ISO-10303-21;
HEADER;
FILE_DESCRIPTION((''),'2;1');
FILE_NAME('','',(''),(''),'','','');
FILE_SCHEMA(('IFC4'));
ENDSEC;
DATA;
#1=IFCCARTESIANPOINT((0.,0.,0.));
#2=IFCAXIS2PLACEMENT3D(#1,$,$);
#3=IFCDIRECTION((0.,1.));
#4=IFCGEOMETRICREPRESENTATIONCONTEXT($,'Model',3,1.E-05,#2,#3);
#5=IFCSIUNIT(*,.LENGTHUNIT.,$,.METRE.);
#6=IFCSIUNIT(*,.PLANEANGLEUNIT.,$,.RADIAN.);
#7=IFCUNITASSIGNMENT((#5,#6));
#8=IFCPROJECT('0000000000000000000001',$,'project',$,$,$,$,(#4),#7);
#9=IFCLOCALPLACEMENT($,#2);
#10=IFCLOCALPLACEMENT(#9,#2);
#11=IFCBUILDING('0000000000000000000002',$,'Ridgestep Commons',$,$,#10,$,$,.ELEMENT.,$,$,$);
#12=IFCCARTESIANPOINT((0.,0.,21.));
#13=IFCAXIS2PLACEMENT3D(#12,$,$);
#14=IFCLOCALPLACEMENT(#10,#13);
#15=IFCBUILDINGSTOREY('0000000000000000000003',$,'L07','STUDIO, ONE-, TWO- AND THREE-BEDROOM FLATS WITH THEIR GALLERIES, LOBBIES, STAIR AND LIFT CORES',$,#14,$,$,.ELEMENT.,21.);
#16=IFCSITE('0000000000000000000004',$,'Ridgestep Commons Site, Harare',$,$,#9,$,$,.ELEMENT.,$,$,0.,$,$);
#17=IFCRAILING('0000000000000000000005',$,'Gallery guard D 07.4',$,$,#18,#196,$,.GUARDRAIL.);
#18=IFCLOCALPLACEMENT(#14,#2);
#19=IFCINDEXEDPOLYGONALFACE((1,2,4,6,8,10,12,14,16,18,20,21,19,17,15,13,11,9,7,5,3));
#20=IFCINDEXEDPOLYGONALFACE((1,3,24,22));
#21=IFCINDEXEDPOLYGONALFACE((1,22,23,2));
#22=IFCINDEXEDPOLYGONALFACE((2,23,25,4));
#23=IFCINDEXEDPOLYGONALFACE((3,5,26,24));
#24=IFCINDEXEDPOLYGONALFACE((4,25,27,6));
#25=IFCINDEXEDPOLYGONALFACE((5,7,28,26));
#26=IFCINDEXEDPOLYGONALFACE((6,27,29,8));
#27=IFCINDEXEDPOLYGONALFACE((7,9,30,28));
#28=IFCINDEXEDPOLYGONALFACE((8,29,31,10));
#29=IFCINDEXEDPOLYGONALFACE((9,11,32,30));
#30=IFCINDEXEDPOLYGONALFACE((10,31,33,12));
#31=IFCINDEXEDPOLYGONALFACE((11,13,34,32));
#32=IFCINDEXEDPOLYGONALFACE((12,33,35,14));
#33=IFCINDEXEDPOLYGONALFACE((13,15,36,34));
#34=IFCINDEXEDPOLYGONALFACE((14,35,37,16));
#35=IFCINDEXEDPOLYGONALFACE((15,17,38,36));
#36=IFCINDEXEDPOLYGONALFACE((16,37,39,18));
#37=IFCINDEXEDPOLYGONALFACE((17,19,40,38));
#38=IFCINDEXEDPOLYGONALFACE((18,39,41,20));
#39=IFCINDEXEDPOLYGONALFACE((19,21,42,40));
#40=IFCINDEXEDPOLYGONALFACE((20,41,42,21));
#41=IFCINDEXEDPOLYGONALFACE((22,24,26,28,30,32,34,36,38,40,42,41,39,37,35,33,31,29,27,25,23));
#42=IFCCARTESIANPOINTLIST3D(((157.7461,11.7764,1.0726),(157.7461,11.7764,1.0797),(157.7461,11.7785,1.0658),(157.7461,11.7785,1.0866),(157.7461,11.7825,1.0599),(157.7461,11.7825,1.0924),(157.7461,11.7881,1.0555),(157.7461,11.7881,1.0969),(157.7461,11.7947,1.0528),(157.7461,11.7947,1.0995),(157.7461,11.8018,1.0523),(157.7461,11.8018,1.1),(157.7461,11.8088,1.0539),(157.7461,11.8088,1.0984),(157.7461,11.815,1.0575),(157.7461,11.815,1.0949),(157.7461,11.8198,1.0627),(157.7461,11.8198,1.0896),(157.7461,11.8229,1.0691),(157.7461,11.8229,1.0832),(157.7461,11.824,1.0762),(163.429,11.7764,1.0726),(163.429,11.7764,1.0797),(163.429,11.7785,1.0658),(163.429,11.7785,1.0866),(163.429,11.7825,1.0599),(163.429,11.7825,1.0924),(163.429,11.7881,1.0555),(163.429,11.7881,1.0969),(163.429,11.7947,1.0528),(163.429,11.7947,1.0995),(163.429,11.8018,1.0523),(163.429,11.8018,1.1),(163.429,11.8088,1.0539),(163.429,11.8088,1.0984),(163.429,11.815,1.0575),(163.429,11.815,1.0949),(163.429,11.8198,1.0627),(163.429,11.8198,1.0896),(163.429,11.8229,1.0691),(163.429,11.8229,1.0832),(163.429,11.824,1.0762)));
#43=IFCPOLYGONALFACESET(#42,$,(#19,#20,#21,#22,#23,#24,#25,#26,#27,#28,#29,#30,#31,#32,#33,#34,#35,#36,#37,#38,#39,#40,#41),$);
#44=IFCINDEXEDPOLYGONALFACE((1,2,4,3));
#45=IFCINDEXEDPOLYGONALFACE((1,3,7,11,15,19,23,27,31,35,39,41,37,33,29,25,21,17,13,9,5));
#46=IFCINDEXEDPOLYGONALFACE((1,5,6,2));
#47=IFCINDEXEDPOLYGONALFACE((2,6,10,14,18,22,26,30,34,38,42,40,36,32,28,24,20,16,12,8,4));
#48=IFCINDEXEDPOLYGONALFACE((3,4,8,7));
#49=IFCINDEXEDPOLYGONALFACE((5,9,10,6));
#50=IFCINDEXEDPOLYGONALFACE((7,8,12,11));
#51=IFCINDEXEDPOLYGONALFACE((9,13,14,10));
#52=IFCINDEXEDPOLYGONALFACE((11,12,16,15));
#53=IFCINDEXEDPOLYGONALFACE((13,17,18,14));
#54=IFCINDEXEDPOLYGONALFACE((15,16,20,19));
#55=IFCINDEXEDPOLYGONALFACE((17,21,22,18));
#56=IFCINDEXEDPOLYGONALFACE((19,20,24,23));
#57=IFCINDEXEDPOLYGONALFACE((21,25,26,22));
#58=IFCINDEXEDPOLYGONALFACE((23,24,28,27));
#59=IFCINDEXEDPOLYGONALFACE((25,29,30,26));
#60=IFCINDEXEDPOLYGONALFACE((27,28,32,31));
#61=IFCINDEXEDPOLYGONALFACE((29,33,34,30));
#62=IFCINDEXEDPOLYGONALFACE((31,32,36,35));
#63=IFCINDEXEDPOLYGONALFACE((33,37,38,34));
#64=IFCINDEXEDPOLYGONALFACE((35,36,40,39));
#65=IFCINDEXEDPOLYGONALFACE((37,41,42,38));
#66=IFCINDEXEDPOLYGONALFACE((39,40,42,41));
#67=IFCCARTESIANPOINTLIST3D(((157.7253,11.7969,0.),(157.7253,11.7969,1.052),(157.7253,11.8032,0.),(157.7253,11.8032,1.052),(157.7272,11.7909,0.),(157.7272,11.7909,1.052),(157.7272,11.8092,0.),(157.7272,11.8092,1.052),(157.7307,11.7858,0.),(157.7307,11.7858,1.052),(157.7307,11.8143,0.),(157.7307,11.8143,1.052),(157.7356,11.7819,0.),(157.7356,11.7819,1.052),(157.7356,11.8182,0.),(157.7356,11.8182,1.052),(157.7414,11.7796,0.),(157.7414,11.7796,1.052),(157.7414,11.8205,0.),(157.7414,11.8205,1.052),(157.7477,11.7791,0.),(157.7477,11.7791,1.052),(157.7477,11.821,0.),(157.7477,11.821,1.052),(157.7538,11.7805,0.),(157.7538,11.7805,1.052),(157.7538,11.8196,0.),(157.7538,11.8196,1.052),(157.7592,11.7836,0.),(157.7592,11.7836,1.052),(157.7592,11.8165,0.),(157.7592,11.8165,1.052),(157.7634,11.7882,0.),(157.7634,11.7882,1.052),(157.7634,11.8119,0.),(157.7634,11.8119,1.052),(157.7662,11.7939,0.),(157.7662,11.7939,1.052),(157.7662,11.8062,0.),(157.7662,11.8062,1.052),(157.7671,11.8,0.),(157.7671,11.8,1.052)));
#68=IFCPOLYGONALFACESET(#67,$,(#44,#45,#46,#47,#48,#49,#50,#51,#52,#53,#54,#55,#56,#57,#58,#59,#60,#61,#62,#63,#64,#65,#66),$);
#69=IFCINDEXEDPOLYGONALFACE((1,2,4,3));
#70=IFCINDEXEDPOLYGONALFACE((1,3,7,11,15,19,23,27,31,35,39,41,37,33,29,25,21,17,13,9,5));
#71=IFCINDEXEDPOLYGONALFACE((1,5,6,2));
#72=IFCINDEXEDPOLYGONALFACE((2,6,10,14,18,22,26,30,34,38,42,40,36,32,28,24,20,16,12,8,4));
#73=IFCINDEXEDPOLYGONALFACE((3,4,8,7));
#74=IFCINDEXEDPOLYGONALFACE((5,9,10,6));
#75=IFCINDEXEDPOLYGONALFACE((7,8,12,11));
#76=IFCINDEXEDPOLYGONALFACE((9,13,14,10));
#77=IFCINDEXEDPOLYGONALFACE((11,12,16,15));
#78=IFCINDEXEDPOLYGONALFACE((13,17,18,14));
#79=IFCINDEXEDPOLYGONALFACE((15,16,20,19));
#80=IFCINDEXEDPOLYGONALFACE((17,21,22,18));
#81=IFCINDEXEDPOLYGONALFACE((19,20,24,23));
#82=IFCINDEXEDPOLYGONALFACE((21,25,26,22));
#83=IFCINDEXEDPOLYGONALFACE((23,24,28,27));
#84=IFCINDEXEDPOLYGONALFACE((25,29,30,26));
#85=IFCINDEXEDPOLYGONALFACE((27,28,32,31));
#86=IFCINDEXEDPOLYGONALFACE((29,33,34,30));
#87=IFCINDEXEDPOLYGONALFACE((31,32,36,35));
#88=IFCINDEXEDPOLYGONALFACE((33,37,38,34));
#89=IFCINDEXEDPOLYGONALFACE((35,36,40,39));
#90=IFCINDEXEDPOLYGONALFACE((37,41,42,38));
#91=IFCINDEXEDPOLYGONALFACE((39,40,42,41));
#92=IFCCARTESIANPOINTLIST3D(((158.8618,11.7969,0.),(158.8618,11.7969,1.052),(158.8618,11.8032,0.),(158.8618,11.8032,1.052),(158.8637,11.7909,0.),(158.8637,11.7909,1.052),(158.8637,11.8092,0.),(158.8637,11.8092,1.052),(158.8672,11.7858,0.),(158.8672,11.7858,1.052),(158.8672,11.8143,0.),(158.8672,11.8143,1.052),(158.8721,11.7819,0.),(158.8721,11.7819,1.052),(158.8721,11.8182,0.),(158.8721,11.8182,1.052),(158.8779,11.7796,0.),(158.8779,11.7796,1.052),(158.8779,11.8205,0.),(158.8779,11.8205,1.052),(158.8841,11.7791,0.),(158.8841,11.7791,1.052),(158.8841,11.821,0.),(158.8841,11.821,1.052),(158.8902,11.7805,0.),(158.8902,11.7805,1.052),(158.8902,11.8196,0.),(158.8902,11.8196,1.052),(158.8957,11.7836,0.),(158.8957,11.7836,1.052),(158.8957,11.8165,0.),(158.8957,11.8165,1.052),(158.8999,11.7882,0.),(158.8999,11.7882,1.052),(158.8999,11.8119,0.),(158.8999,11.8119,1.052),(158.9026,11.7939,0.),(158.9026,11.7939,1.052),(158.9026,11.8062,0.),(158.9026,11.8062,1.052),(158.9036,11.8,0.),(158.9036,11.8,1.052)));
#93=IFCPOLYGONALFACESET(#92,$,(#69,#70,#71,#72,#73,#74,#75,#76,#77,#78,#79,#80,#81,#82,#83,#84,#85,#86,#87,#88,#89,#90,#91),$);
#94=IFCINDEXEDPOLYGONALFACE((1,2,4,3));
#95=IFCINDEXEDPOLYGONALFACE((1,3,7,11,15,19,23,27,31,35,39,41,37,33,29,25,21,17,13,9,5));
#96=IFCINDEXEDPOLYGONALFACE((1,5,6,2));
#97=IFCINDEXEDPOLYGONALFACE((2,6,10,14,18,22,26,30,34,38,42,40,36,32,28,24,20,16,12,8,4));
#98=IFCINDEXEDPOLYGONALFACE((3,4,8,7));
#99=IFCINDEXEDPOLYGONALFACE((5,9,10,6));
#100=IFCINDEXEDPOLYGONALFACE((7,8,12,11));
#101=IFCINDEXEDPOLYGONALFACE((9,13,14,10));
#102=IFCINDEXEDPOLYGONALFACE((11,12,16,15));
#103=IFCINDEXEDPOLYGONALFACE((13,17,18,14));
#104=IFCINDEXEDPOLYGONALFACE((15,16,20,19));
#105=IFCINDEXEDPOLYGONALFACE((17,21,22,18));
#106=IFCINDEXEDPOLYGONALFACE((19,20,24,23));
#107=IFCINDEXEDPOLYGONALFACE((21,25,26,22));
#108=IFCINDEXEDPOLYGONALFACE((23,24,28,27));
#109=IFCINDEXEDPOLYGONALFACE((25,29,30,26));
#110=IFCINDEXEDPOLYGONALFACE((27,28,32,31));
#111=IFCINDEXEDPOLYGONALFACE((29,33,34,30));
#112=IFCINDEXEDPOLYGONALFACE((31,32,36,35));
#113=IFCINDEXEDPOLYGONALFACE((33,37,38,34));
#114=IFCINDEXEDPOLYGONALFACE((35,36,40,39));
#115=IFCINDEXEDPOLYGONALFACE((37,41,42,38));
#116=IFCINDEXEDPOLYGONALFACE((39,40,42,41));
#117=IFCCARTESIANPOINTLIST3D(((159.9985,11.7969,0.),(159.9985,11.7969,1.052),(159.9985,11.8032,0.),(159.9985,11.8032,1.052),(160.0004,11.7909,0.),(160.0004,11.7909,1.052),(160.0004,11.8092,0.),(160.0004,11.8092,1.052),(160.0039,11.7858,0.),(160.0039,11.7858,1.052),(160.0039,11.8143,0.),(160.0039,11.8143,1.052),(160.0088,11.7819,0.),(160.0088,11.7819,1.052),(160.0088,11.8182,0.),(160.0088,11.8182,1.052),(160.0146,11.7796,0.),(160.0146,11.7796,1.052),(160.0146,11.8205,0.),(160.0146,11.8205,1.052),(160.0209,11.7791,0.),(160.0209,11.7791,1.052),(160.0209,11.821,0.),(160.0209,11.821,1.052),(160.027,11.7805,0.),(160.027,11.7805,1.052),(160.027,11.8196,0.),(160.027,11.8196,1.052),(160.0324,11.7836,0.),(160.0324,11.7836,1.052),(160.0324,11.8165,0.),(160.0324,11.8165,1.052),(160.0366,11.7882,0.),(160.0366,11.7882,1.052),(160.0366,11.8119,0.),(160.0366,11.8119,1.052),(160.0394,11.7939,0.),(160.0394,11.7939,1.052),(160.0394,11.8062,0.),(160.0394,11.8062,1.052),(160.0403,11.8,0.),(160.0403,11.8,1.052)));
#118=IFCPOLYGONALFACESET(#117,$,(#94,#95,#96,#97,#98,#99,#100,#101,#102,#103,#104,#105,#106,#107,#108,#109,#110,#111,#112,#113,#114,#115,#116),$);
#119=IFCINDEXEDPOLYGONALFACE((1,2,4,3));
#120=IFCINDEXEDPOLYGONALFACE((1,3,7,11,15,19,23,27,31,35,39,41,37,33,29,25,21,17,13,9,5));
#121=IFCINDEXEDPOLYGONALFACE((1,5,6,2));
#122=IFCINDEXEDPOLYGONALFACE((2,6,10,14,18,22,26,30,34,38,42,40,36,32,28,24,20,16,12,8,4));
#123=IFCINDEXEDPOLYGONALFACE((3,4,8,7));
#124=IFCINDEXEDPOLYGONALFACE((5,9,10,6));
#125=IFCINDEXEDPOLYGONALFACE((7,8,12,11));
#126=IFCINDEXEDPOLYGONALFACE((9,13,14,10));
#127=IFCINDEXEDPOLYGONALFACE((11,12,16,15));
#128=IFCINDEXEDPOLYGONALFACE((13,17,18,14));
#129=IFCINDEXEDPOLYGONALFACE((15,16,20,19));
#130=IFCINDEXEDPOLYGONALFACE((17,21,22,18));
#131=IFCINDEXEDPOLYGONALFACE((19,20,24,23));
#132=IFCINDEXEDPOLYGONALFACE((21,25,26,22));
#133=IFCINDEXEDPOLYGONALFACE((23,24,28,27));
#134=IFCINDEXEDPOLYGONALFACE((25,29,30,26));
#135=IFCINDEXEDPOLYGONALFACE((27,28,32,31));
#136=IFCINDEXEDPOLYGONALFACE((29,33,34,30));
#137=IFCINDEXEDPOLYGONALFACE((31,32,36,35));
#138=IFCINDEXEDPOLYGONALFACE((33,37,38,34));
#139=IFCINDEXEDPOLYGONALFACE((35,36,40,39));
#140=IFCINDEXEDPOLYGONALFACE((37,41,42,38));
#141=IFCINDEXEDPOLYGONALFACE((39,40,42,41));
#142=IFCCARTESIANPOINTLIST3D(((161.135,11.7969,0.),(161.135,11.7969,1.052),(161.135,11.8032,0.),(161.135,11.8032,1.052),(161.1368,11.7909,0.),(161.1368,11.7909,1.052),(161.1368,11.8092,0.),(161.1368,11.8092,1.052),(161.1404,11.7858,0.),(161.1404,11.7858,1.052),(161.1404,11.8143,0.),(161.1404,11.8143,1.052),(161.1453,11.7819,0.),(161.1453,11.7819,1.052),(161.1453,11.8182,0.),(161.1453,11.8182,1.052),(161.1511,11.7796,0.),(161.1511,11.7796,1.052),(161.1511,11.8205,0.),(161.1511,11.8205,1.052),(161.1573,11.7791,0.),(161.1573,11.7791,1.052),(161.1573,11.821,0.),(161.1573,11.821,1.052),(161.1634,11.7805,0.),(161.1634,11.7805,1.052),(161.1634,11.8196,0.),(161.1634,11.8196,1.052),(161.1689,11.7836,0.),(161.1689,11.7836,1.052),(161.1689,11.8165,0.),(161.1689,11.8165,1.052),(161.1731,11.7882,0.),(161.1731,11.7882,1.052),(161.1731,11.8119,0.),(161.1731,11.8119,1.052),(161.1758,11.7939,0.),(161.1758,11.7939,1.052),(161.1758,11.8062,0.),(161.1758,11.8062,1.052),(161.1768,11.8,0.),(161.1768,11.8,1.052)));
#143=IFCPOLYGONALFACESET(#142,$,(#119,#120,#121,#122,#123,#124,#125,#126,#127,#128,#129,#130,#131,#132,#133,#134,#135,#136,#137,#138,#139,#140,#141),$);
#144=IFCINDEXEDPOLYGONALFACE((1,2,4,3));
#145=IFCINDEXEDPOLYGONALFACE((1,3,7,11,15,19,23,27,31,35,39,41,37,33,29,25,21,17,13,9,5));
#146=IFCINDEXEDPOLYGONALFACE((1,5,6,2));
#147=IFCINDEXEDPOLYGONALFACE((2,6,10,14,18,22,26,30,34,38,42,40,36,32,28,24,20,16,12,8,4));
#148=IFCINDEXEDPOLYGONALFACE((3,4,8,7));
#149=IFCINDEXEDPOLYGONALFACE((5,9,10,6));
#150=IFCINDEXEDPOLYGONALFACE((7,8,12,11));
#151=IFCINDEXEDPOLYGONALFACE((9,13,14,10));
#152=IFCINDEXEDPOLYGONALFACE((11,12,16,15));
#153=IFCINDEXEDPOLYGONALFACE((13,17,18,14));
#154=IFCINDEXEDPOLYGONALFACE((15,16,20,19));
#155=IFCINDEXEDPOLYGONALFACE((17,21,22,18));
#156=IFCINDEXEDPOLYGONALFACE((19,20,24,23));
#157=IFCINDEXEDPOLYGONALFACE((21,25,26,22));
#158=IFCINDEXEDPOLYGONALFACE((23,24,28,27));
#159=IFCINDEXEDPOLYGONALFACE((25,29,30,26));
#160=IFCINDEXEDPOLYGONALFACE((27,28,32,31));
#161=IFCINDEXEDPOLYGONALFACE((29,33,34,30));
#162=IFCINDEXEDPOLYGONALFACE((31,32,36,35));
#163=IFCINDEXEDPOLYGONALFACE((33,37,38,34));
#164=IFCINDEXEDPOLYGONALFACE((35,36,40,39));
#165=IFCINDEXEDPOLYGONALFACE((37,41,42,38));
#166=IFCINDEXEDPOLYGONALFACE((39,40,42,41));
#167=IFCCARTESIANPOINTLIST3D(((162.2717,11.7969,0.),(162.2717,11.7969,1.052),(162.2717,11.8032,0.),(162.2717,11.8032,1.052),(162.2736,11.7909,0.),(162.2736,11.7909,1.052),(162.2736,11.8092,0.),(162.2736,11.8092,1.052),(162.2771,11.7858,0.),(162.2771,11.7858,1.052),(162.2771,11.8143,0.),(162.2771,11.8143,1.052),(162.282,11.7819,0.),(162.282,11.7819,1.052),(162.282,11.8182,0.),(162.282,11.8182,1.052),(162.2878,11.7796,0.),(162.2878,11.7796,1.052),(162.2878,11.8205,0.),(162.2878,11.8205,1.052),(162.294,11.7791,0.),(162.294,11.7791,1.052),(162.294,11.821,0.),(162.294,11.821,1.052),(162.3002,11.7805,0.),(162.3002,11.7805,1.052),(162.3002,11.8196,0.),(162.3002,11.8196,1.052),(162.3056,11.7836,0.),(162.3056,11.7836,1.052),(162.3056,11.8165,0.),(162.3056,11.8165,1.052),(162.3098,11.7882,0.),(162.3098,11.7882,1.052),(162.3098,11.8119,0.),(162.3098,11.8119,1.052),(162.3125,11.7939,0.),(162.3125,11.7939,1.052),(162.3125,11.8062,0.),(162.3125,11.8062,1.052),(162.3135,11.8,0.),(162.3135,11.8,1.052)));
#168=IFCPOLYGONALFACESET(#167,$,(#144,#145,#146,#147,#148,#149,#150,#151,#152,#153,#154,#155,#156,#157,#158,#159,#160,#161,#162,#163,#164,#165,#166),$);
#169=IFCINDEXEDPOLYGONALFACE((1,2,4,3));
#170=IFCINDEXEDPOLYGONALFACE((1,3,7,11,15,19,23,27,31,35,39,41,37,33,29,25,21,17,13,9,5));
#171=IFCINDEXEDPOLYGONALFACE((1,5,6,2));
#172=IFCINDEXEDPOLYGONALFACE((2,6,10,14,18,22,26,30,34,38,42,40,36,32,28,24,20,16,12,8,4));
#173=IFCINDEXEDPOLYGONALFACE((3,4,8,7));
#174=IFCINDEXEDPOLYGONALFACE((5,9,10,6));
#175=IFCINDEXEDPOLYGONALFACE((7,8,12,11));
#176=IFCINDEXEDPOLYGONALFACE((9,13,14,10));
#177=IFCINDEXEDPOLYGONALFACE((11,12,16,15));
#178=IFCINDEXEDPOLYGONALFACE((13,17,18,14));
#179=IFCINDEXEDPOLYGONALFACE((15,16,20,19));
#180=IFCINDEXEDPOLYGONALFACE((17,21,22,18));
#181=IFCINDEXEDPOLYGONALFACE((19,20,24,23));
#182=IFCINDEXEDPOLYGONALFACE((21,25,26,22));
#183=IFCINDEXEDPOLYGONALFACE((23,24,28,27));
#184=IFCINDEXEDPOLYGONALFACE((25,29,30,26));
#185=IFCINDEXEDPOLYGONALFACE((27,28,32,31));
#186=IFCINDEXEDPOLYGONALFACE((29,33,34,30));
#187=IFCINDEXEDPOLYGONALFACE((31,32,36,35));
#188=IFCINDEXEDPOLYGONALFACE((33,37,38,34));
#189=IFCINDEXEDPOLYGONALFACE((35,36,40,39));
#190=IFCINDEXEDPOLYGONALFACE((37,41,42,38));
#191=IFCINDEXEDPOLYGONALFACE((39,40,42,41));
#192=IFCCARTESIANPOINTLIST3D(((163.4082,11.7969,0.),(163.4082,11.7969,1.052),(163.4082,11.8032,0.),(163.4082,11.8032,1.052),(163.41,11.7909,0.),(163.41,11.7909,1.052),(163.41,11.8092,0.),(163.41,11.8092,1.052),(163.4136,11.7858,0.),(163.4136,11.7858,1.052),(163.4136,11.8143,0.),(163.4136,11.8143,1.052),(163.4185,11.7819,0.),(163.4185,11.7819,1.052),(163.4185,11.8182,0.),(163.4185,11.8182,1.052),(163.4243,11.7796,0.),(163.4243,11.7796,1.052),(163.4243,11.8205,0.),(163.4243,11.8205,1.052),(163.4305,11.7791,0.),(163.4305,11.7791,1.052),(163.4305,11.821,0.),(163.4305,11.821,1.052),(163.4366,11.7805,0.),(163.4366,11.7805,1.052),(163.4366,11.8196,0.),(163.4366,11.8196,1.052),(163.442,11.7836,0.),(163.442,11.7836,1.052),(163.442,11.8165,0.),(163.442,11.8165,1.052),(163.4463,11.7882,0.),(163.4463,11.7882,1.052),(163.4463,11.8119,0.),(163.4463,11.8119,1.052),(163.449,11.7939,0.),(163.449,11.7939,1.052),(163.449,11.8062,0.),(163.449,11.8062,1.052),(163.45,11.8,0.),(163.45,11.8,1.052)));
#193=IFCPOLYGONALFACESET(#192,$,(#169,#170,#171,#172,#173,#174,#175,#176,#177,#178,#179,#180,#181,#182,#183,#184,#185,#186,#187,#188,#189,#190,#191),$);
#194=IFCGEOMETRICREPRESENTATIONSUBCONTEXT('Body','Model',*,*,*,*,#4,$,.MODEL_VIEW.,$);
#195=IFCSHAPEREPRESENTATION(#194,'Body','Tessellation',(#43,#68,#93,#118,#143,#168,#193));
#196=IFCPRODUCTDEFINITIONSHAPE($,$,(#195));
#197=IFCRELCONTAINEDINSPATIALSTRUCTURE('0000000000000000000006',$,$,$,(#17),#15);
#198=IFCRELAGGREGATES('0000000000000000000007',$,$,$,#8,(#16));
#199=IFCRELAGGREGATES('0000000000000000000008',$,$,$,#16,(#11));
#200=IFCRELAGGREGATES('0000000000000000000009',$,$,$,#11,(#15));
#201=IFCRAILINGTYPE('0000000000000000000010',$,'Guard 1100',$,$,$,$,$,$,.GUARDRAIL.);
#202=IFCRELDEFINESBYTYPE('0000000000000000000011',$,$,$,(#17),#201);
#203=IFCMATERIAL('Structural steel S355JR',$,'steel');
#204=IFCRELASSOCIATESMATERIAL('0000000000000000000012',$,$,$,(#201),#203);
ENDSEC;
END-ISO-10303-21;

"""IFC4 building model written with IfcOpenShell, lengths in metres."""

from ifc_helpers import new_model, si_unit, direction, frame, origin, origin_2d, place, context, subcontext, project, spatial, circle, extrude, material, type_object, element, save


model = new_model("IFC4")

# Units and contexts
model_context = context("Model", 3, precision=1e-05, world=origin(), true_north=direction((0.0, 1.0)))
body_context = subcontext(model_context, "Body", "Model", "MODEL_VIEW")
ifc_project = project(units=[si_unit("LENGTHUNIT", "METRE"), si_unit("PLANEANGLEUNIT", "RADIAN")], contexts=[model_context])

# Site, building, storey
site_placement = place(None, origin())
site = spatial("IfcSite", under=ifc_project, at=site_placement, Name="Ridgestep Commons Site, Harare", CompositionType="ELEMENT", RefElevation=0.0)
building_placement = place(site_placement, origin())
building = spatial("IfcBuilding", under=site, at=building_placement, Name="Ridgestep Commons", CompositionType="ELEMENT")
storey_placement = place(building_placement, frame((0.0, 0.0, 21.0)))
storey = spatial("IfcBuildingStorey", under=building, at=storey_placement, Name="L07", Description="STUDIO, ONE-, TWO- AND THREE-BEDROOM FLATS WITH THEIR GALLERIES, LOBBIES, STAIR AND LIFT CORES", CompositionType="ELEMENT", Elevation=21.0)

# Railing
ifc_material_1 = material(Name="Structural steel S355JR", Category="steel")
railing_type_1 = type_object("IfcRailingType", Name="Guard 1100", PredefinedType="GUARDRAIL", material=ifc_material_1)
railing_1_placement = place(storey_placement, frame((157.7461, 11.8, 0.0)))
element("IfcRailing", 1, at=railing_1_placement, inside=storey, type_object=railing_type_1, Name="Gallery guard D 07.4", PredefinedType="GUARDRAIL", context=body_context, shape_type="SweptSolid", body=[
    extrude(circle(Radius=0.0239, at=origin_2d()), frame((0.0, 0.0, 1.0762), z_axis=(1.0, 0.0, 0.0), x_axis=(0.0, 1.0, 0.0)), (0.0, 0.0, 1.0), 5.6829),
    extrude(circle(Radius=0.021, at=origin_2d()), origin(), (0.0, 0.0, 1.0), 1.052),
    extrude(circle(Radius=0.021, at=origin_2d()), frame((1.1365, 0.0, 0.0)), (0.0, 0.0, 1.0), 1.052),
    extrude(circle(Radius=0.021, at=origin_2d()), frame((2.2732, 0.0, 0.0)), (0.0, 0.0, 1.0), 1.052),
    extrude(circle(Radius=0.021, at=origin_2d()), frame((3.4097, 0.0, 0.0)), (0.0, 0.0, 1.0), 1.052),
    extrude(circle(Radius=0.021, at=origin_2d()), frame((4.5464, 0.0, 0.0)), (0.0, 0.0, 1.0), 1.052),
    extrude(circle(Radius=0.021, at=origin_2d()), frame((5.6829, 0.0, 0.0)), (0.0, 0.0, 1.0), 1.052),
])

save(model, "model.ifc")
